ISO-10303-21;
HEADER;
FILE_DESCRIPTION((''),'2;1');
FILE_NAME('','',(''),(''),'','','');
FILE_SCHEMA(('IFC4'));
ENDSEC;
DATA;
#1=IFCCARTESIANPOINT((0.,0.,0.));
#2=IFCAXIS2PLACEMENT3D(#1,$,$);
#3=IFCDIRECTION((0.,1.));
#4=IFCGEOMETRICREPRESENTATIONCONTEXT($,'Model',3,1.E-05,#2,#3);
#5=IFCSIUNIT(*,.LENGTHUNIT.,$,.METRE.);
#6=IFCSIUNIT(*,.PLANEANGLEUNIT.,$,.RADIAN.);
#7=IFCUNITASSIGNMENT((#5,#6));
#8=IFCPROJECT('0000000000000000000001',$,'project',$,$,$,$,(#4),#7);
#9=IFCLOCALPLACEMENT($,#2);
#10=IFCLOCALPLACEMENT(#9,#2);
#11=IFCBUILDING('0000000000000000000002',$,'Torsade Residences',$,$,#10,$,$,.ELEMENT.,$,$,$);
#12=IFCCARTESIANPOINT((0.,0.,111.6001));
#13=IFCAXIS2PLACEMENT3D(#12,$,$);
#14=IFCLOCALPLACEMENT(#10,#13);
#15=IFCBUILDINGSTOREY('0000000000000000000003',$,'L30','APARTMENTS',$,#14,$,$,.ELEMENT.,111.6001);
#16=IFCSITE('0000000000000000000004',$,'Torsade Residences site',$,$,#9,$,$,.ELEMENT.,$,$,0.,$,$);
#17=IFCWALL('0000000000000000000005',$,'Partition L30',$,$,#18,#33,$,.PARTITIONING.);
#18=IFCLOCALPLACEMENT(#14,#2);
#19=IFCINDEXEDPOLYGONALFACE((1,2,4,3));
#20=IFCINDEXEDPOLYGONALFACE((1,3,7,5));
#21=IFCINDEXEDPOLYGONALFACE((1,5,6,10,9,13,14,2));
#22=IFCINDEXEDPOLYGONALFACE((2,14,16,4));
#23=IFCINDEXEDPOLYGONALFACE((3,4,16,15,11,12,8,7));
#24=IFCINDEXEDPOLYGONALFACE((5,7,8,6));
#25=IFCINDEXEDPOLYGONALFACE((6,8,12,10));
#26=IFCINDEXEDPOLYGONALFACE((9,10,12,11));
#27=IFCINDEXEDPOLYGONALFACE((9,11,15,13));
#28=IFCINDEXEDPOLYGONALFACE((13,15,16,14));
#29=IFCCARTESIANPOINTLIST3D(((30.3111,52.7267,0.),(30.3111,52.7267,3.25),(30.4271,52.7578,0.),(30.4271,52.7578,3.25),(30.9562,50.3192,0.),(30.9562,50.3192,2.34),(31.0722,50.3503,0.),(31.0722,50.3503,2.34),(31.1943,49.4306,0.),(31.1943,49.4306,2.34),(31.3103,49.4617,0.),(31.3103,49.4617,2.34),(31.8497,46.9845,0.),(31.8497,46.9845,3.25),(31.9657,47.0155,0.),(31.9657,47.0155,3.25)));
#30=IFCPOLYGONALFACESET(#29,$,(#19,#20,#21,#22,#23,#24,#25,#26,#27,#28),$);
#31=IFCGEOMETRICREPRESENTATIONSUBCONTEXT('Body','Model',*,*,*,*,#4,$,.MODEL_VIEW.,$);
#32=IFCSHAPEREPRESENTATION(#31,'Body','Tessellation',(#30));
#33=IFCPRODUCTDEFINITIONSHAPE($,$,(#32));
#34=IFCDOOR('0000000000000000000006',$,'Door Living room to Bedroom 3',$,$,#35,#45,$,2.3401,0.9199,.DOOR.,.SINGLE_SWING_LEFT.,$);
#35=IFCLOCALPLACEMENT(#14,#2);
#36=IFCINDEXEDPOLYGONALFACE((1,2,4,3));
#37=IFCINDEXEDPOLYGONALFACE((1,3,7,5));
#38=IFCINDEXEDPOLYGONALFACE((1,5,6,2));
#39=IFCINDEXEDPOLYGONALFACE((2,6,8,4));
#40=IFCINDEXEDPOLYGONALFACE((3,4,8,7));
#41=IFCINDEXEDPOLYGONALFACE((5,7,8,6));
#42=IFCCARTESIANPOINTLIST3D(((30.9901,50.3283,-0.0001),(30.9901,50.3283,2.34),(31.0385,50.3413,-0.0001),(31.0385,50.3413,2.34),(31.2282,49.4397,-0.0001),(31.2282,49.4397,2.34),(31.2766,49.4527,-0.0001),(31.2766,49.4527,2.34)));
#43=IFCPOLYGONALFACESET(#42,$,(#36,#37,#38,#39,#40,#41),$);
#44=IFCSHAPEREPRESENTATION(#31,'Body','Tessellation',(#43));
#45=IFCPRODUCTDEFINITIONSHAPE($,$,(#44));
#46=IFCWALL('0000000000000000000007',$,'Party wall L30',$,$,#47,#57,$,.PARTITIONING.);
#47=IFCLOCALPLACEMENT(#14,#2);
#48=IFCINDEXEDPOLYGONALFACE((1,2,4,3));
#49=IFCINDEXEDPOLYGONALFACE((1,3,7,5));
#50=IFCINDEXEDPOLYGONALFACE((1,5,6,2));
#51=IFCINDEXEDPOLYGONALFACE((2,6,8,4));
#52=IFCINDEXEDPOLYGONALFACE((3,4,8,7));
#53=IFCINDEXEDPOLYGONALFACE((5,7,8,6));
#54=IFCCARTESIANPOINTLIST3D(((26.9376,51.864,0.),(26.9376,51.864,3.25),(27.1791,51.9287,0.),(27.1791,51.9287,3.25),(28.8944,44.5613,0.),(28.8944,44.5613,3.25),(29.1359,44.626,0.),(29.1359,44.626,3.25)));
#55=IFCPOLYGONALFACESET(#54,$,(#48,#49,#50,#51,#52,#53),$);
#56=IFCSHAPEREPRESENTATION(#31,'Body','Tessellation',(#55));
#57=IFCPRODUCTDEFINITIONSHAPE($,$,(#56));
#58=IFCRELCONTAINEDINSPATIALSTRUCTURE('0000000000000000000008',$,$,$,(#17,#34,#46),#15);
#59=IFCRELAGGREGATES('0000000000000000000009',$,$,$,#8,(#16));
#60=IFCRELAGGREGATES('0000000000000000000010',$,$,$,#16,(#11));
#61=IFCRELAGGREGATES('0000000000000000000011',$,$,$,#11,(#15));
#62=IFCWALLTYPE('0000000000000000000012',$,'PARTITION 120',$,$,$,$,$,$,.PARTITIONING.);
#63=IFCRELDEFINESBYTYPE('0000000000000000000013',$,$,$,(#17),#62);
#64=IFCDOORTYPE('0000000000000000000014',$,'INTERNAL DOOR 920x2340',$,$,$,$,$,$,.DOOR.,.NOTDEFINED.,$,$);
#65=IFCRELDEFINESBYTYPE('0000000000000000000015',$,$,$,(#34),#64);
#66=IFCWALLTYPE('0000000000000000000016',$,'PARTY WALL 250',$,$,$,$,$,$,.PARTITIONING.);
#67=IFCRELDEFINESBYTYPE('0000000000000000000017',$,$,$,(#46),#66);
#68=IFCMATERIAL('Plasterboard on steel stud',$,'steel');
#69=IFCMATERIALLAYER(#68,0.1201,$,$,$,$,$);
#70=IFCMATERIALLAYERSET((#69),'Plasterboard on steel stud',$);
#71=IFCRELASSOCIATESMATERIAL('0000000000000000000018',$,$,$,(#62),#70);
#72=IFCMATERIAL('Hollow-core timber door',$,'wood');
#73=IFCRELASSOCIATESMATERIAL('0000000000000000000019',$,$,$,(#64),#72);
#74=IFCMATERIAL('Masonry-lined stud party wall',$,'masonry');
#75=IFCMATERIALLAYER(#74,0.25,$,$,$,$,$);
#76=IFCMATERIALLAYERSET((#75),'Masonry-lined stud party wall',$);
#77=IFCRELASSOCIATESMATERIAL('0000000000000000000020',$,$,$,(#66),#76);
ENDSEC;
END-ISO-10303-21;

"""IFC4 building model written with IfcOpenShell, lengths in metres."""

from ifc_helpers import new_model, si_unit, direction, frame, frame_2d, origin, place, context, subcontext, project, spatial, rectangle, extrude, material, layer, layer_set, type_object, element, fill, save


model = new_model("IFC4")

# Units and contexts
model_context = context("Model", 3, precision=1e-05, world=origin(), true_north=direction((0.0, 1.0)))
body_context = subcontext(model_context, "Body", "Model", "MODEL_VIEW")
ifc_project = project(units=[si_unit("LENGTHUNIT", "METRE"), si_unit("PLANEANGLEUNIT", "RADIAN")], contexts=[model_context])

# Site, building, storey
site_placement = place(None, origin())
site = spatial("IfcSite", under=ifc_project, at=site_placement, Name="Torsade Residences site", CompositionType="ELEMENT", RefElevation=0.0)
building_placement = place(site_placement, origin())
building = spatial("IfcBuilding", under=site, at=building_placement, Name="Torsade Residences", CompositionType="ELEMENT")
storey_placement = place(building_placement, frame((0.0, 0.0, 111.6001)))
storey = spatial("IfcBuildingStorey", under=building, at=storey_placement, Name="L30", Description="APARTMENTS", CompositionType="ELEMENT", Elevation=111.6001)

# Shared definitions
ifc_material_1 = material(Name="Plasterboard on steel stud", Category="steel")
ifc_layer_1 = layer(ifc_material_1, 0.1201)
ifc_layer_set_1 = layer_set([ifc_layer_1], Name="Plasterboard on steel stud")
wall_type_1 = type_object("IfcWallType", Name="PARTITION 120", PredefinedType="PARTITIONING", material=ifc_layer_set_1)

# Wall, opening, door
wall_1_placement = place(storey_placement, frame((31.9077, 47.0, 0.0), z_axis=(0.0, 0.0, 1.0), x_axis=(-0.258813, 0.965928, 0.0)))
wall_1 = element("IfcWall", 1, at=wall_1_placement, inside=storey, type_object=wall_type_1, Name="Partition L30", PredefinedType="PARTITIONING", context=body_context, shape_type="SweptSolid", body=[
    extrude(rectangle(XDim=5.9448, YDim=0.1201, at=frame_2d((2.9724, 0.0))), origin(), (0.0, 0.0, 1.0), 3.25),
])
opening_1_placement = place(wall_1_placement, frame((2.5325, 0.0, 0.0)))
opening_1 = element("IfcOpeningElement", 2, at=opening_1_placement, cuts=wall_1, PredefinedType="OPENING", context=body_context, shape_type="SweptSolid", body=[
    extrude(rectangle(XDim=0.9199, YDim=2.3401, at=frame_2d((0.46, 1.1699))), frame((0.0, 0.0701, 0.0), z_axis=(0.0, -1.0, 0.0), x_axis=(1.0, 0.0, 0.0)), (0.0, 0.0, 1.0), 0.1401),
])
ifc_material_2 = material(Name="Hollow-core timber door", Category="wood")
door_type_1 = type_object("IfcDoorType", Name="INTERNAL DOOR 920x2340", OperationType="NOTDEFINED", PredefinedType="DOOR", material=ifc_material_2)
door_1_placement = place(opening_1_placement, origin())
door_1 = element("IfcDoor", 3, at=door_1_placement, inside=storey, type_object=door_type_1, Name="Door Living room to Bedroom 3", OperationType="SINGLE_SWING_LEFT", OverallHeight=2.3401, OverallWidth=0.9199, PredefinedType="DOOR", context=body_context, shape_type="SweptSolid", body=[
    extrude(rectangle(XDim=0.9199, YDim=2.3401, at=frame_2d((0.46, 1.1699))), frame((0.0, 0.0249, 0.0), z_axis=(0.0, -1.0, 0.0), x_axis=(1.0, 0.0, 0.0)), (0.0, 0.0, 1.0), 0.05),
])
fill(opening_1, door_1)

# Wall
ifc_material_3 = material(Name="Masonry-lined stud party wall", Category="masonry")
ifc_layer_2 = layer(ifc_material_3, 0.25)
ifc_layer_set_2 = layer_set([ifc_layer_2], Name="Masonry-lined stud party wall")
wall_type_2 = type_object("IfcWallType", Name="PARTY WALL 250", PredefinedType="PARTITIONING", material=ifc_layer_set_2)
wall_2_placement = place(storey_placement, frame((27.0583, 51.8965, 0.0), z_axis=(0.0, 0.0, 1.0), x_axis=(0.258822, -0.965925, 0.0)))
element("IfcWall", 4, at=wall_2_placement, inside=storey, type_object=wall_type_2, Name="Party wall L30", PredefinedType="PARTITIONING", context=body_context, shape_type="SweptSolid", body=[
    extrude(rectangle(XDim=7.5603, YDim=0.25, at=frame_2d((3.7803, 0.0))), origin(), (0.0, 0.0, 1.0), 3.25),
])

save(model, "model.ifc")
